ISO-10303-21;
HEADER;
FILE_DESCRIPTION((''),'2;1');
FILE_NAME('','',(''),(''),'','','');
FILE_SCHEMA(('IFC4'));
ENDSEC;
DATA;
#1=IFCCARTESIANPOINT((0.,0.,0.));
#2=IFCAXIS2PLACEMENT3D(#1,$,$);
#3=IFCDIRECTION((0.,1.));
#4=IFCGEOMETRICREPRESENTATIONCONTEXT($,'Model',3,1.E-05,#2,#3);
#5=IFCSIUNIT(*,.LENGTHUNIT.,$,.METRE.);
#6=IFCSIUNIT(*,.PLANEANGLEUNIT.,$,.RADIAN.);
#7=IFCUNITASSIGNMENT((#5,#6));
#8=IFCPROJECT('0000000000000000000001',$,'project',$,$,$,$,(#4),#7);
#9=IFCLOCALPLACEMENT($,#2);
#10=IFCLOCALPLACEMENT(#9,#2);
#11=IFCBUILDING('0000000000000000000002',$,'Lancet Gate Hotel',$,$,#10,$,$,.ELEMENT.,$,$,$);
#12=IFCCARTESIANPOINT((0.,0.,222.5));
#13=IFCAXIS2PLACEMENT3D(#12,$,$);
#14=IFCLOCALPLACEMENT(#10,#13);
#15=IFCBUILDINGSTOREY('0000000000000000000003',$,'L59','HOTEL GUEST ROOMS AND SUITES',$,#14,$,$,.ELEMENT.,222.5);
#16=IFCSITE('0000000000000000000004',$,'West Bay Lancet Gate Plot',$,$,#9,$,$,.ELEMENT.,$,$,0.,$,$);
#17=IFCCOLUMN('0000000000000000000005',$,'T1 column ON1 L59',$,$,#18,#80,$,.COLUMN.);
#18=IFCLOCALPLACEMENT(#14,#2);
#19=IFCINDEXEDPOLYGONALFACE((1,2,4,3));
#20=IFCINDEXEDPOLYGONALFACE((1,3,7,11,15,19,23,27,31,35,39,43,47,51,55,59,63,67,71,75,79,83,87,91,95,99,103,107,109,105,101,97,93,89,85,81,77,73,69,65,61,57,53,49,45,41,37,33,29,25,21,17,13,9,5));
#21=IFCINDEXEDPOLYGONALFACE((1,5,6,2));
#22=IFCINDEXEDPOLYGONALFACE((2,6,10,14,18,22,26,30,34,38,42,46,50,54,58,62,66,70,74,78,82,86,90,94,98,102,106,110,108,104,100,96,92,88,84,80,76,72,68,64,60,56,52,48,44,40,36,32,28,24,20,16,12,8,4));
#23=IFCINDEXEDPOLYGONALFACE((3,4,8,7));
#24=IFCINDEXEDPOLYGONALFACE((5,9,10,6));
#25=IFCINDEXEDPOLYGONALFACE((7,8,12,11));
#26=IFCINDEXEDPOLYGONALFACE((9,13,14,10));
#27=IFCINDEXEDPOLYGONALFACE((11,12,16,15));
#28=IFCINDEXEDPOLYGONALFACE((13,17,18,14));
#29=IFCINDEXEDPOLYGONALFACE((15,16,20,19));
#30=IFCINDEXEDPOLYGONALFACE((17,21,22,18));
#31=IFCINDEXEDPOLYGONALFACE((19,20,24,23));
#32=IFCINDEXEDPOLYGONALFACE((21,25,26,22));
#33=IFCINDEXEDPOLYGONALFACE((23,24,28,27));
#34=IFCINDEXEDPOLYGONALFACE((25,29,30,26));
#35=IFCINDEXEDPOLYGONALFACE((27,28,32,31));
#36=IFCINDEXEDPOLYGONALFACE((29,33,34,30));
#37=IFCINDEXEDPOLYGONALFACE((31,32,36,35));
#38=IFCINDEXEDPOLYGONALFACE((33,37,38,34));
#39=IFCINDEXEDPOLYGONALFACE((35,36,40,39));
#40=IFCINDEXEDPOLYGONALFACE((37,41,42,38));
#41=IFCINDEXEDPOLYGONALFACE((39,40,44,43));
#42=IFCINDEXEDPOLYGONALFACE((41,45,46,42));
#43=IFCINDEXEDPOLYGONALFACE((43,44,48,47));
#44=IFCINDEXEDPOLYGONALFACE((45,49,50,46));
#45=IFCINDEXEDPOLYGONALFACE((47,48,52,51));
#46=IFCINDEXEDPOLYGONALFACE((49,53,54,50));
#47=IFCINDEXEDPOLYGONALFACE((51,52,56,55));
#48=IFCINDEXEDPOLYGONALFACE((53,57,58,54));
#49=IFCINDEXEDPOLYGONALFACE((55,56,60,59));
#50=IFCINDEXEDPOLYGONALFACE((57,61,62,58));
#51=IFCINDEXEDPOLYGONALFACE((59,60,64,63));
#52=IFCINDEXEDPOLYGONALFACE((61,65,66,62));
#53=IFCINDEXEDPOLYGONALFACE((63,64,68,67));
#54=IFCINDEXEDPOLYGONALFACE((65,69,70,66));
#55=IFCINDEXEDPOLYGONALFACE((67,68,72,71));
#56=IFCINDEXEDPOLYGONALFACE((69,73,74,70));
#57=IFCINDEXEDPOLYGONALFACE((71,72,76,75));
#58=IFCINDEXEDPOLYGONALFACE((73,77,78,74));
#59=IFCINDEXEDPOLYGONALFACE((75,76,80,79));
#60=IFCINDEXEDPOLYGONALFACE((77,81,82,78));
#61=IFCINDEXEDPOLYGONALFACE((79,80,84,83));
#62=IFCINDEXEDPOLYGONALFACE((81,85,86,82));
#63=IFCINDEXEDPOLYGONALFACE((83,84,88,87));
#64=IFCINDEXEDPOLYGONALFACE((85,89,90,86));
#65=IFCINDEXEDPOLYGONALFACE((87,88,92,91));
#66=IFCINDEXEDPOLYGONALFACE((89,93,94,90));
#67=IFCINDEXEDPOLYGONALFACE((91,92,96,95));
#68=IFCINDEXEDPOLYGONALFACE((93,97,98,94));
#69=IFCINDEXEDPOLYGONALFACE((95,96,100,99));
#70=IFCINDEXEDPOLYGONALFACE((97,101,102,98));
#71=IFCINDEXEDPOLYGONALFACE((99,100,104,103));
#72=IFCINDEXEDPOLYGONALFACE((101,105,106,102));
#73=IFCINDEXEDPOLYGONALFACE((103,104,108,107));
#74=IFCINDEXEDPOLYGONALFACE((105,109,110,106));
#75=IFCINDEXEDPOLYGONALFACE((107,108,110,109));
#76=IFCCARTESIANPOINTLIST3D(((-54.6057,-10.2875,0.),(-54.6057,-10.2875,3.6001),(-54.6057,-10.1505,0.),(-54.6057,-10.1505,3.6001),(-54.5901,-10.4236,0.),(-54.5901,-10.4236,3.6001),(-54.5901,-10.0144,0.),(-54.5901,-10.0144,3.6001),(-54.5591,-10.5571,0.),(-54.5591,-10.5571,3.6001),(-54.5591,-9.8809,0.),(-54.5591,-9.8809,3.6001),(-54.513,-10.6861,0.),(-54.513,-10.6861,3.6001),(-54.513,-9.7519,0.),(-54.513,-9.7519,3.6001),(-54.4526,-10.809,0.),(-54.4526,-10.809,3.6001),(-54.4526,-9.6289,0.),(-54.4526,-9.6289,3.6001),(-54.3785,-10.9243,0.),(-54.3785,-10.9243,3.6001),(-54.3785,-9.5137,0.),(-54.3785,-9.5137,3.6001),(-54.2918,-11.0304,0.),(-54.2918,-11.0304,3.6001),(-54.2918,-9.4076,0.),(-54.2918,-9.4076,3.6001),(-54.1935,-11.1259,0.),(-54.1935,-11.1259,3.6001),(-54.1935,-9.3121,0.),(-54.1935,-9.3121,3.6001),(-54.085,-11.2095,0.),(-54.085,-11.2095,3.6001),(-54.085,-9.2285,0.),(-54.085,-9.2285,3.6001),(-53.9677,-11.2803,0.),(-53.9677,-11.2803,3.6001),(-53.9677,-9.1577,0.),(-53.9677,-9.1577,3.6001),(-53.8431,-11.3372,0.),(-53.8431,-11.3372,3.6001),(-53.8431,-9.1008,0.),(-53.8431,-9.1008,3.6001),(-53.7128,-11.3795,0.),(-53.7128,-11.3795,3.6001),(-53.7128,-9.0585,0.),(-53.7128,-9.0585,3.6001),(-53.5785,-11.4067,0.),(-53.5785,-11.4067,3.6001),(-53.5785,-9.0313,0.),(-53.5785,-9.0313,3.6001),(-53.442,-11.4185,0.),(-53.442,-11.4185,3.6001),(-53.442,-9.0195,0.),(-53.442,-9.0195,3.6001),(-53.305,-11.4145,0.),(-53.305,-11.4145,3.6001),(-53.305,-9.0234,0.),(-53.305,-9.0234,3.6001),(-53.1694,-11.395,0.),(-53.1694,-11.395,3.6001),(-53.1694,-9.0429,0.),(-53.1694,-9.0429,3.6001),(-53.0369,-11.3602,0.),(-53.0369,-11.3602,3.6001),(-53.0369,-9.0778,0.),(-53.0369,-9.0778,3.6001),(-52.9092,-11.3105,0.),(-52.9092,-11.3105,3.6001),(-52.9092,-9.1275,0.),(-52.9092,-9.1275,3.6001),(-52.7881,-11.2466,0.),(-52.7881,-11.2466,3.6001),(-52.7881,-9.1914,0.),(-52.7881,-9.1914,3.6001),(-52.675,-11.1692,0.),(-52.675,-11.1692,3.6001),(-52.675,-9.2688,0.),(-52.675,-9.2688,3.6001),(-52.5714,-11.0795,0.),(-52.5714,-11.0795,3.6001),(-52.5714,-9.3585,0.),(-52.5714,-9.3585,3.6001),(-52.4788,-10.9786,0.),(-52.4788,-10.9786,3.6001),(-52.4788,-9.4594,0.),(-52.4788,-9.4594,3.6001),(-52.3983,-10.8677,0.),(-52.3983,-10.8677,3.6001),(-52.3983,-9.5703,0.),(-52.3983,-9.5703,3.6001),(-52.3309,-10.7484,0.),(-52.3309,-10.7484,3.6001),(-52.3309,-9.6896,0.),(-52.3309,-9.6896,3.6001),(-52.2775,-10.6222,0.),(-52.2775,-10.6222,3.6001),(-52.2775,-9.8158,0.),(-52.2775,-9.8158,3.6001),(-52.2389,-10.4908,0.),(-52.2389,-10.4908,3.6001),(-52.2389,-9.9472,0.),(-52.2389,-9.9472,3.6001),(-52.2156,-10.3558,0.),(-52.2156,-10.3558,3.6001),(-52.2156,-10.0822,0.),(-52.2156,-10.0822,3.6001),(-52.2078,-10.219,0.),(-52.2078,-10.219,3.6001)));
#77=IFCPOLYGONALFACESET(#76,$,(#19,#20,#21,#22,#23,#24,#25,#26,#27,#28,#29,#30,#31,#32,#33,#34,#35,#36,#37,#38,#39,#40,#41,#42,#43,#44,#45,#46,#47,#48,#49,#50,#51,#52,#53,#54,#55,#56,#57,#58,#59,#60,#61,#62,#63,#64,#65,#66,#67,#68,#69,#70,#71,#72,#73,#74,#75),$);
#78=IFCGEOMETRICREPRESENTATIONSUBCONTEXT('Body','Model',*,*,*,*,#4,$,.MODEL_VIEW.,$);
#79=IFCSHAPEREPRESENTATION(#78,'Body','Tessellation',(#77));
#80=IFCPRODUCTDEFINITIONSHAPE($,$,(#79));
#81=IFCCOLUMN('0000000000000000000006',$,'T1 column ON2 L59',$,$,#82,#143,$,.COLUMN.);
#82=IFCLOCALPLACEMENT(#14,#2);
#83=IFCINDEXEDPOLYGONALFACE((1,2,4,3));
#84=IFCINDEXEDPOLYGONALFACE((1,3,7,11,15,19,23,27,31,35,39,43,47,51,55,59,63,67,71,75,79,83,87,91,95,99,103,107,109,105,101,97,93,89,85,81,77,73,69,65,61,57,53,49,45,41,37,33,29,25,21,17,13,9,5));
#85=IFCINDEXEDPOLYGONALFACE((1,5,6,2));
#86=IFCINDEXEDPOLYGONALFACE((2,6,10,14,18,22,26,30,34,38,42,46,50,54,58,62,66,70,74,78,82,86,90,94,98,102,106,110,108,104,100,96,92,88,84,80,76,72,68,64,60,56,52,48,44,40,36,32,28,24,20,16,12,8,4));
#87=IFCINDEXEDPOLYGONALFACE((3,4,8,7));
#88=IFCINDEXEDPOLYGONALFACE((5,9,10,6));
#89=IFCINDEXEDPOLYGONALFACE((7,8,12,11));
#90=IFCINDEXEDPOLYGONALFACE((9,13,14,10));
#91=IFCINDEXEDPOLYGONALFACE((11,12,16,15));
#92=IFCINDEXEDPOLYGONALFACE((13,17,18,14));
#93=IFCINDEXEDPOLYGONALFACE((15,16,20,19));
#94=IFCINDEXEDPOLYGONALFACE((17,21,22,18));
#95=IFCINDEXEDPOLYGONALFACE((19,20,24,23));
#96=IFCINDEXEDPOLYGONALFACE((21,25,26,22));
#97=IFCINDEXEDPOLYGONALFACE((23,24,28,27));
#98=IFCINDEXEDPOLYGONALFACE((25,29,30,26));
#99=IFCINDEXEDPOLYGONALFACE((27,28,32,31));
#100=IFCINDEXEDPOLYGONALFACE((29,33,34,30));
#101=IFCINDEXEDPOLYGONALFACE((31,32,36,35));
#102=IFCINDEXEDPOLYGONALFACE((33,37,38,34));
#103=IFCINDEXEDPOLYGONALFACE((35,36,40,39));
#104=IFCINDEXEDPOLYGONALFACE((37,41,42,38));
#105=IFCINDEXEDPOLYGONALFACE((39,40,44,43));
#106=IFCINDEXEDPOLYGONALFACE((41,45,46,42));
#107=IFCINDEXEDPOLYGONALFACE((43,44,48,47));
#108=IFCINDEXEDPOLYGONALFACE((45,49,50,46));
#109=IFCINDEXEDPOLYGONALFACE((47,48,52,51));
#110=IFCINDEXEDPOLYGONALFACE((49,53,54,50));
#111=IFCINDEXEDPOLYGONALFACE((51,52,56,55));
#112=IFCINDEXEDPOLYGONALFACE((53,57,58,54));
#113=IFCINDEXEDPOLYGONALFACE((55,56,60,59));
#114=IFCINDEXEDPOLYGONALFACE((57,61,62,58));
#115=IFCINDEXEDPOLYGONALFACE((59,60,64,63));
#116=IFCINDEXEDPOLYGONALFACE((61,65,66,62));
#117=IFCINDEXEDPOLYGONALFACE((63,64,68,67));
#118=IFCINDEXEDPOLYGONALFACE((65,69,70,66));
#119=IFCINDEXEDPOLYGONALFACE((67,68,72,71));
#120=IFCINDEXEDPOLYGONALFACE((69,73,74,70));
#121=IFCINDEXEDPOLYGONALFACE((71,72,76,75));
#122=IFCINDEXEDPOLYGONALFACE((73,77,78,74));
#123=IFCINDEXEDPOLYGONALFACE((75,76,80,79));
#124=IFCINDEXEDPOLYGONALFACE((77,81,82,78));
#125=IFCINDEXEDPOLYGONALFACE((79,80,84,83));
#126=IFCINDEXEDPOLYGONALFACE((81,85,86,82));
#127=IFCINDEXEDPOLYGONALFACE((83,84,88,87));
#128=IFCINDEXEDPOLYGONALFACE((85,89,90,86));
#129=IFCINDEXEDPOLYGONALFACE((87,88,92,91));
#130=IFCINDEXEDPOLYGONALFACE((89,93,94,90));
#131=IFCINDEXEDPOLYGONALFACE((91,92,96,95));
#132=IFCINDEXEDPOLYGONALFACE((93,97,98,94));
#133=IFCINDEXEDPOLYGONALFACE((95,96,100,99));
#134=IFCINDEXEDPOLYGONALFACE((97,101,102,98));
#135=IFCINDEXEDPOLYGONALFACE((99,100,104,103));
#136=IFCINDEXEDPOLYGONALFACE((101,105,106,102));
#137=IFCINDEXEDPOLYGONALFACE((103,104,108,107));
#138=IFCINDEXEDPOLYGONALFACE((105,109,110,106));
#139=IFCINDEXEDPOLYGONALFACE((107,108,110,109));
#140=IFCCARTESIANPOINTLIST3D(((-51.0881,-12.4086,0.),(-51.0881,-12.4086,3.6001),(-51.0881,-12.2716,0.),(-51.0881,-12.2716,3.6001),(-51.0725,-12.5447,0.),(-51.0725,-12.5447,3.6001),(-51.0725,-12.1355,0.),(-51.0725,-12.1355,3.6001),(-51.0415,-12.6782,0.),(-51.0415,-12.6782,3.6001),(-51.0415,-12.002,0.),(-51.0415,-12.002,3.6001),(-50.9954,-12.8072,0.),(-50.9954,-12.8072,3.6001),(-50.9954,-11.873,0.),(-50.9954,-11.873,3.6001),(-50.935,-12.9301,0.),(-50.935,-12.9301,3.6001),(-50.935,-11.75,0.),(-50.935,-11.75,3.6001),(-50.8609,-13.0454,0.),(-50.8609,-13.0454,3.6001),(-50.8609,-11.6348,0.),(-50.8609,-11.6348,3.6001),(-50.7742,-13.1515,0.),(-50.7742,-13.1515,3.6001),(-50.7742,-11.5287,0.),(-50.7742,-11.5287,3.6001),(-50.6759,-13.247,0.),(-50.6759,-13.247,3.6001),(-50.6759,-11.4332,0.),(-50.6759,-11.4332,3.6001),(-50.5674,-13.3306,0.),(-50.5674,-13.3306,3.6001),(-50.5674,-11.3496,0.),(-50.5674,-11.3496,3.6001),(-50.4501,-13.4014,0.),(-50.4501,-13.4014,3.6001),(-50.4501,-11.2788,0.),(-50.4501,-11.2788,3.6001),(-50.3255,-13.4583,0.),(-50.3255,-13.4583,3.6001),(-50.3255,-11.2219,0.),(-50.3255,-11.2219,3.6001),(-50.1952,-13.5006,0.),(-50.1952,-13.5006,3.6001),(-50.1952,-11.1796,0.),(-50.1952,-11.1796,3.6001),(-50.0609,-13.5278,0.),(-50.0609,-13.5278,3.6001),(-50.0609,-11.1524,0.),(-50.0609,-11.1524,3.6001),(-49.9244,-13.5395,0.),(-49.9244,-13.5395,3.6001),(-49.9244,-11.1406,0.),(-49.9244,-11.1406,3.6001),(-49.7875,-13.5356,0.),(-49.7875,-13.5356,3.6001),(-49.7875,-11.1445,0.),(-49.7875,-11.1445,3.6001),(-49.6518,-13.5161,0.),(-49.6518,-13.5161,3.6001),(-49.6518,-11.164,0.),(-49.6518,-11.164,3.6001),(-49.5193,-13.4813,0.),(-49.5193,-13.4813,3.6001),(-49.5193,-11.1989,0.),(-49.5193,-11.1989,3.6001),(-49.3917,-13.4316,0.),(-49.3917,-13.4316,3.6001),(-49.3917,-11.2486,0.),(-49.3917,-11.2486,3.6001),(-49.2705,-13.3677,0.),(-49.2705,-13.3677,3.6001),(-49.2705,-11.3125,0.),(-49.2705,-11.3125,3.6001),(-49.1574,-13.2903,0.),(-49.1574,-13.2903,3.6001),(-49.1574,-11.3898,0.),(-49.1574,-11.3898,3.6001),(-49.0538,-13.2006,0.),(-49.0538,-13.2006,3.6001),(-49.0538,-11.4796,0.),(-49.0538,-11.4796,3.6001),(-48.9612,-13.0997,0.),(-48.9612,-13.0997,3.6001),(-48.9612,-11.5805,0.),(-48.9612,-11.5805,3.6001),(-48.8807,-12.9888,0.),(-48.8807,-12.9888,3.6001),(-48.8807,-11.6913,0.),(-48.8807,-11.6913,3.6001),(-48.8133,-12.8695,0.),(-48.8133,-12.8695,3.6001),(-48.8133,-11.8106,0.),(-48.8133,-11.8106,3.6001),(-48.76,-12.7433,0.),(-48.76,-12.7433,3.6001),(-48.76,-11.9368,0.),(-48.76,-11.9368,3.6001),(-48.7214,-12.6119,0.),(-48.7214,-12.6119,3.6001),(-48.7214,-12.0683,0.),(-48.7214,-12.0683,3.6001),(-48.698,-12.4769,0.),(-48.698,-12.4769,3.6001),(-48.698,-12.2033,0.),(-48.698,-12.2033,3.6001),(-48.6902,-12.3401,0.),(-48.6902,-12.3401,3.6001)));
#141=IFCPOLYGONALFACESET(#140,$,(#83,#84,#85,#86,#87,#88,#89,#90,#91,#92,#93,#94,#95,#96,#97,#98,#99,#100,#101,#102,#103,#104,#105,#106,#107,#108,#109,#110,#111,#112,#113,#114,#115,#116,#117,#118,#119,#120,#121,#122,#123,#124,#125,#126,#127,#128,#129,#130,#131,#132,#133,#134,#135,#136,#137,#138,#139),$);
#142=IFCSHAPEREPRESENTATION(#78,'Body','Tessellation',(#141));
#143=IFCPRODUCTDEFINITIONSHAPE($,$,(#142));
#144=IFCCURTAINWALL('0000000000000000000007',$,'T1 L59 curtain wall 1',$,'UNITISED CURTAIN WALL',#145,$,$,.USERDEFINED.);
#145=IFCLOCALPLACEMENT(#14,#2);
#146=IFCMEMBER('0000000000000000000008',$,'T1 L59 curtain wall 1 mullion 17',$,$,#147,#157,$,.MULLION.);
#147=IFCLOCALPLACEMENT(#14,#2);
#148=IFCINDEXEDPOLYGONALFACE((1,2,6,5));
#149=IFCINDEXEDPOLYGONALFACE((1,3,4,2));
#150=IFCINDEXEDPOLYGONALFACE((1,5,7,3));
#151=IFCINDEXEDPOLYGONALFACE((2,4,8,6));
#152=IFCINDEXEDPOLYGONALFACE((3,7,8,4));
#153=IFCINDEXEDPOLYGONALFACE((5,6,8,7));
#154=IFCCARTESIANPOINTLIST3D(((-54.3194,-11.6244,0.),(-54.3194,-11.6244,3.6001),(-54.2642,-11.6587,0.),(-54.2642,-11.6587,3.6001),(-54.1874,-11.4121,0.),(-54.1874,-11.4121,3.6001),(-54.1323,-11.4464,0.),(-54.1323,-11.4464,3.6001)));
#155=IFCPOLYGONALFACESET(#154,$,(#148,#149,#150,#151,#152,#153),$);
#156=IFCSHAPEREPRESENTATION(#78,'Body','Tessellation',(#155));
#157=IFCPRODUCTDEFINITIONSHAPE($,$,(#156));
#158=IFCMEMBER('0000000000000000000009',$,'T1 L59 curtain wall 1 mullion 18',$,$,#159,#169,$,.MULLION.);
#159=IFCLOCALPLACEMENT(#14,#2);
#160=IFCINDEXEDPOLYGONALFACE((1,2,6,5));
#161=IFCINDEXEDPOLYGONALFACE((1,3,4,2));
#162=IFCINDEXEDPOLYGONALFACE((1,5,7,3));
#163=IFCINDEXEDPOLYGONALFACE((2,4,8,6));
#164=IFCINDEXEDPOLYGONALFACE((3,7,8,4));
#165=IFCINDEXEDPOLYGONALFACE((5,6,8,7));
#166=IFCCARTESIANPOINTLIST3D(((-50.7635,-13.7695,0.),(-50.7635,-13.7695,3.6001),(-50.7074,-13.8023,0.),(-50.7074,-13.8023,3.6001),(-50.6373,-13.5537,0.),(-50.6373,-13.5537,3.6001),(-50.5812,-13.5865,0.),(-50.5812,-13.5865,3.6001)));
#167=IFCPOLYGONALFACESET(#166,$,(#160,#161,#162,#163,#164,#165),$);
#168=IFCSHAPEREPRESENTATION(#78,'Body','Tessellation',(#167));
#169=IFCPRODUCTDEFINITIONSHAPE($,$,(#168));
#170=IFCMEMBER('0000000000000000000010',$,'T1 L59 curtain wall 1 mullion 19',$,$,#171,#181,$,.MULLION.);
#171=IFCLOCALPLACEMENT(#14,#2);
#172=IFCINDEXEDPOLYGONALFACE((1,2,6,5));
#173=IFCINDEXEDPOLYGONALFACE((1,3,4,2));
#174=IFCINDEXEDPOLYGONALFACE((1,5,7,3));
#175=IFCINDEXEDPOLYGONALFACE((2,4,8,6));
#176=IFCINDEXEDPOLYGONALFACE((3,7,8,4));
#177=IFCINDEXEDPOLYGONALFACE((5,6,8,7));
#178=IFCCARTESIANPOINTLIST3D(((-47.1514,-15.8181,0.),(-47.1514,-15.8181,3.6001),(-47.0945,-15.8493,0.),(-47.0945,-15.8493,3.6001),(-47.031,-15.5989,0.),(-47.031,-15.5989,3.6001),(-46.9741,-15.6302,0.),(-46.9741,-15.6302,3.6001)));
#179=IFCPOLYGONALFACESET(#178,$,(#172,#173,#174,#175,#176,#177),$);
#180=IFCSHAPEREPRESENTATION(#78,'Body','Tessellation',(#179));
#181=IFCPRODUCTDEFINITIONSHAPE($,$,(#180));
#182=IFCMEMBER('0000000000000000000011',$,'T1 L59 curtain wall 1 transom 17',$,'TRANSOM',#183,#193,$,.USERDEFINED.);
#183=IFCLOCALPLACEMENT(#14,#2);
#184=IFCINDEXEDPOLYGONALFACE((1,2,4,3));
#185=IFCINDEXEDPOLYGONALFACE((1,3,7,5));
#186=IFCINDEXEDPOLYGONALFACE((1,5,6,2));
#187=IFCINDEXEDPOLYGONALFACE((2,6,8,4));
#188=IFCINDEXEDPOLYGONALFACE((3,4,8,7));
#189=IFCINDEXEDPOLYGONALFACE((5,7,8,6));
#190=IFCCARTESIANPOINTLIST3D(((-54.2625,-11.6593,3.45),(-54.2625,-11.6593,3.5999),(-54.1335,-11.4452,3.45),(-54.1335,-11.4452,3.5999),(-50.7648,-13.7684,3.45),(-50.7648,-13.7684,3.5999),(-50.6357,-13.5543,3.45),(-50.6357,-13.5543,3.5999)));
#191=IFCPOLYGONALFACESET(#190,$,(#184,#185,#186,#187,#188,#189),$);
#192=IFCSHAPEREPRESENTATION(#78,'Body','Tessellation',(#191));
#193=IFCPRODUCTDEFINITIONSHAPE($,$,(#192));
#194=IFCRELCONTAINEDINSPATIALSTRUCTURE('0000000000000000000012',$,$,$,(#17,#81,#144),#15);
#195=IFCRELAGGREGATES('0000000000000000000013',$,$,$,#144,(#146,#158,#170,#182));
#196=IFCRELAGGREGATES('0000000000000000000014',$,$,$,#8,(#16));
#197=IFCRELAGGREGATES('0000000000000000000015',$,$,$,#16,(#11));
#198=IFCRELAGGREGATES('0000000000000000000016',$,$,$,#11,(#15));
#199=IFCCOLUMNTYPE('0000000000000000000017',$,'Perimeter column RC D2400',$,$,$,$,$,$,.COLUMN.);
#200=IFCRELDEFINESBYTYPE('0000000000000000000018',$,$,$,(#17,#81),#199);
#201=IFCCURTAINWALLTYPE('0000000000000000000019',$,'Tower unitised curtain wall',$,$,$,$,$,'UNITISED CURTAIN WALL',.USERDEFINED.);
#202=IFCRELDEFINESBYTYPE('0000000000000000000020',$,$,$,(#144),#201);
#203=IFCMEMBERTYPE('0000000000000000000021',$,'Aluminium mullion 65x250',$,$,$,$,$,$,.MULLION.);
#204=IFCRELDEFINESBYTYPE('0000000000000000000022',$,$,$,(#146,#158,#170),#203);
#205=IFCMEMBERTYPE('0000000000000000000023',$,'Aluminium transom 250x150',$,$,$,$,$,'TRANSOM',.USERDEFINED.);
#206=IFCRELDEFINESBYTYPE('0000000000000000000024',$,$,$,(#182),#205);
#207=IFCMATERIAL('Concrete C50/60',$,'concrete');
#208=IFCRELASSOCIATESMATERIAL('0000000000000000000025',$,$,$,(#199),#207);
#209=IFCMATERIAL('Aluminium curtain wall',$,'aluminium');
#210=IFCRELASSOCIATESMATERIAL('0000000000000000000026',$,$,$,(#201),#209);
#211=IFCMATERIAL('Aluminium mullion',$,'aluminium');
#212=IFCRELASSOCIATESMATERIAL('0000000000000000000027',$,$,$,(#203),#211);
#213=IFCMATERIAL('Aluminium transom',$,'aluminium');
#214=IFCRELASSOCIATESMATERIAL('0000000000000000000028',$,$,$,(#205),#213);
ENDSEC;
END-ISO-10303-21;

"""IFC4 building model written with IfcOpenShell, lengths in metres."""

from ifc_helpers import new_model, si_unit, direction, frame, origin, origin_2d, place, context, subcontext, project, spatial, rectangle, circle, extrude, material, material_profile, profile_set, type_object, element, aggregate, save


model = new_model("IFC4")

# Units and contexts
model_context = context("Model", 3, precision=1e-05, world=origin(), true_north=direction((0.0, 1.0)))
body_context = subcontext(model_context, "Body", "Model", "MODEL_VIEW")
ifc_project = project(units=[si_unit("LENGTHUNIT", "METRE"), si_unit("PLANEANGLEUNIT", "RADIAN")], contexts=[model_context])

# Site, building, storey
site_placement = place(None, origin())
site = spatial("IfcSite", under=ifc_project, at=site_placement, Name="West Bay Lancet Gate Plot", CompositionType="ELEMENT", RefElevation=0.0)
building_placement = place(site_placement, origin())
building = spatial("IfcBuilding", under=site, at=building_placement, Name="Lancet Gate Hotel", CompositionType="ELEMENT")
storey_placement = place(building_placement, frame((0.0, 0.0, 222.5)))
storey = spatial("IfcBuildingStorey", under=building, at=storey_placement, Name="L59", Description="HOTEL GUEST ROOMS AND SUITES", CompositionType="ELEMENT", Elevation=222.5)

# Columns
ifc_material_1 = material(Name="Concrete C50/60", Category="concrete")
ifc_material_profile_1 = material_profile(ifc_material_1, circle(Radius=1.2, at=origin_2d()), Name="RC D2400")
ifc_profile_set_1 = profile_set([ifc_material_profile_1], Name="Concrete C50/60")
column_type = type_object("IfcColumnType", Name="Perimeter column RC D2400", PredefinedType="COLUMN", material=ifc_profile_set_1)
for number, where, z_axis, x_axis, name in (
    (1, (-53.4077, -10.219, 0.0), (0.0, 0.0, 1.0), (1.0, 0.0, 0.0), "T1 column ON1 L59"),
    (2, (-49.8901, -12.3401, 0.0), (0.0, 0.0, 1.0), (1.0, 0.0, 0.0), "T1 column ON2 L59"),
):
    element("IfcColumn", number, at=place(storey_placement, frame(where, z_axis=z_axis, x_axis=x_axis)), inside=storey, type_object=column_type, Name=name, PredefinedType="COLUMN", context=body_context, shape_type="SweptSolid", body=[
        extrude(circle(Radius=1.2, at=origin_2d()), origin(), (0.0, 0.0, 1.0), 3.6001),
    ])

# Curtain wall, members
ifc_material_2 = material(Name="Aluminium curtain wall", Category="aluminium")
curtain_wall_type = type_object("IfcCurtainWallType", Name="Tower unitised curtain wall", ElementType="UNITISED CURTAIN WALL", PredefinedType="USERDEFINED", material=ifc_material_2)
curtain_wall_placement = place(storey_placement, origin())
curtain_wall = element("IfcCurtainWall", 3, at=curtain_wall_placement, inside=storey, type_object=curtain_wall_type, Name="T1 L59 curtain wall 1", ObjectType="UNITISED CURTAIN WALL", PredefinedType="USERDEFINED")
ifc_material_3 = material(Name="Aluminium mullion", Category="aluminium")
ifc_material_profile_2 = material_profile(ifc_material_3, rectangle(XDim=0.0649, YDim=0.25, at=origin_2d()), Name="MULLION 65x250")
ifc_profile_set_2 = profile_set([ifc_material_profile_2], Name="Aluminium mullion")
member_type_1 = type_object("IfcMemberType", Name="Aluminium mullion 65x250", PredefinedType="MULLION", material=ifc_profile_set_2)
member_1_placement = place(storey_placement, frame((-54.2258, -11.5354, 0.0), z_axis=(0.0, 0.0, 1.0), x_axis=(0.849342, -0.527842, 0.0)))
member_1 = element("IfcMember", 4, at=member_1_placement, type_object=member_type_1, Name="T1 L59 curtain wall 1 mullion 17", PredefinedType="MULLION", context=body_context, shape_type="SweptSolid", body=[
    extrude(rectangle(XDim=0.0649, YDim=0.25, at=origin_2d()), origin(), (0.0, 0.0, 1.0), 3.6001),
])
member_2_placement = place(storey_placement, frame((-50.6724, -13.678, 0.0), z_axis=(0.0, 0.0, 1.0), x_axis=(0.863242, -0.50479, 0.0)))
member_2 = element("IfcMember", 5, at=member_2_placement, type_object=member_type_1, Name="T1 L59 curtain wall 1 mullion 18", PredefinedType="MULLION", context=body_context, shape_type="SweptSolid", body=[
    extrude(rectangle(XDim=0.0649, YDim=0.25, at=origin_2d()), origin(), (0.0, 0.0, 1.0), 3.6001),
])
member_3_placement = place(storey_placement, frame((-47.0627, -15.7241, 0.0), z_axis=(0.0, 0.0, 1.0), x_axis=(0.876516, -0.481372, 0.0)))
member_3 = element("IfcMember", 6, at=member_3_placement, type_object=member_type_1, Name="T1 L59 curtain wall 1 mullion 19", PredefinedType="MULLION", context=body_context, shape_type="SweptSolid", body=[
    extrude(rectangle(XDim=0.0649, YDim=0.25, at=origin_2d()), origin(), (0.0, 0.0, 1.0), 3.6001),
])
ifc_material_4 = material(Name="Aluminium transom", Category="aluminium")
ifc_material_profile_3 = material_profile(ifc_material_4, rectangle(XDim=0.25, YDim=0.1499, at=origin_2d()), Name="TRANSOM 250x150")
ifc_profile_set_3 = profile_set([ifc_material_profile_3], Name="Aluminium transom")
member_type_2 = type_object("IfcMemberType", Name="Aluminium transom 250x150", ElementType="TRANSOM", PredefinedType="USERDEFINED", material=ifc_profile_set_3)
member_4_placement = place(storey_placement, frame((-54.198, -11.5522, 3.5249), z_axis=(0.856362, -0.516376, 0.0), x_axis=(0.516376, 0.856362, 0.0)))
member_4 = element("IfcMember", 7, at=member_4_placement, type_object=member_type_2, Name="T1 L59 curtain wall 1 transom 17", ObjectType="TRANSOM", PredefinedType="USERDEFINED", context=body_context, shape_type="SweptSolid", body=[
    extrude(rectangle(XDim=0.25, YDim=0.1499, at=origin_2d()), origin(), (0.0, 0.0, 1.0), 4.0845),
])

aggregate(curtain_wall, [member_1, member_2, member_3, member_4])

save(model, "model.ifc")
